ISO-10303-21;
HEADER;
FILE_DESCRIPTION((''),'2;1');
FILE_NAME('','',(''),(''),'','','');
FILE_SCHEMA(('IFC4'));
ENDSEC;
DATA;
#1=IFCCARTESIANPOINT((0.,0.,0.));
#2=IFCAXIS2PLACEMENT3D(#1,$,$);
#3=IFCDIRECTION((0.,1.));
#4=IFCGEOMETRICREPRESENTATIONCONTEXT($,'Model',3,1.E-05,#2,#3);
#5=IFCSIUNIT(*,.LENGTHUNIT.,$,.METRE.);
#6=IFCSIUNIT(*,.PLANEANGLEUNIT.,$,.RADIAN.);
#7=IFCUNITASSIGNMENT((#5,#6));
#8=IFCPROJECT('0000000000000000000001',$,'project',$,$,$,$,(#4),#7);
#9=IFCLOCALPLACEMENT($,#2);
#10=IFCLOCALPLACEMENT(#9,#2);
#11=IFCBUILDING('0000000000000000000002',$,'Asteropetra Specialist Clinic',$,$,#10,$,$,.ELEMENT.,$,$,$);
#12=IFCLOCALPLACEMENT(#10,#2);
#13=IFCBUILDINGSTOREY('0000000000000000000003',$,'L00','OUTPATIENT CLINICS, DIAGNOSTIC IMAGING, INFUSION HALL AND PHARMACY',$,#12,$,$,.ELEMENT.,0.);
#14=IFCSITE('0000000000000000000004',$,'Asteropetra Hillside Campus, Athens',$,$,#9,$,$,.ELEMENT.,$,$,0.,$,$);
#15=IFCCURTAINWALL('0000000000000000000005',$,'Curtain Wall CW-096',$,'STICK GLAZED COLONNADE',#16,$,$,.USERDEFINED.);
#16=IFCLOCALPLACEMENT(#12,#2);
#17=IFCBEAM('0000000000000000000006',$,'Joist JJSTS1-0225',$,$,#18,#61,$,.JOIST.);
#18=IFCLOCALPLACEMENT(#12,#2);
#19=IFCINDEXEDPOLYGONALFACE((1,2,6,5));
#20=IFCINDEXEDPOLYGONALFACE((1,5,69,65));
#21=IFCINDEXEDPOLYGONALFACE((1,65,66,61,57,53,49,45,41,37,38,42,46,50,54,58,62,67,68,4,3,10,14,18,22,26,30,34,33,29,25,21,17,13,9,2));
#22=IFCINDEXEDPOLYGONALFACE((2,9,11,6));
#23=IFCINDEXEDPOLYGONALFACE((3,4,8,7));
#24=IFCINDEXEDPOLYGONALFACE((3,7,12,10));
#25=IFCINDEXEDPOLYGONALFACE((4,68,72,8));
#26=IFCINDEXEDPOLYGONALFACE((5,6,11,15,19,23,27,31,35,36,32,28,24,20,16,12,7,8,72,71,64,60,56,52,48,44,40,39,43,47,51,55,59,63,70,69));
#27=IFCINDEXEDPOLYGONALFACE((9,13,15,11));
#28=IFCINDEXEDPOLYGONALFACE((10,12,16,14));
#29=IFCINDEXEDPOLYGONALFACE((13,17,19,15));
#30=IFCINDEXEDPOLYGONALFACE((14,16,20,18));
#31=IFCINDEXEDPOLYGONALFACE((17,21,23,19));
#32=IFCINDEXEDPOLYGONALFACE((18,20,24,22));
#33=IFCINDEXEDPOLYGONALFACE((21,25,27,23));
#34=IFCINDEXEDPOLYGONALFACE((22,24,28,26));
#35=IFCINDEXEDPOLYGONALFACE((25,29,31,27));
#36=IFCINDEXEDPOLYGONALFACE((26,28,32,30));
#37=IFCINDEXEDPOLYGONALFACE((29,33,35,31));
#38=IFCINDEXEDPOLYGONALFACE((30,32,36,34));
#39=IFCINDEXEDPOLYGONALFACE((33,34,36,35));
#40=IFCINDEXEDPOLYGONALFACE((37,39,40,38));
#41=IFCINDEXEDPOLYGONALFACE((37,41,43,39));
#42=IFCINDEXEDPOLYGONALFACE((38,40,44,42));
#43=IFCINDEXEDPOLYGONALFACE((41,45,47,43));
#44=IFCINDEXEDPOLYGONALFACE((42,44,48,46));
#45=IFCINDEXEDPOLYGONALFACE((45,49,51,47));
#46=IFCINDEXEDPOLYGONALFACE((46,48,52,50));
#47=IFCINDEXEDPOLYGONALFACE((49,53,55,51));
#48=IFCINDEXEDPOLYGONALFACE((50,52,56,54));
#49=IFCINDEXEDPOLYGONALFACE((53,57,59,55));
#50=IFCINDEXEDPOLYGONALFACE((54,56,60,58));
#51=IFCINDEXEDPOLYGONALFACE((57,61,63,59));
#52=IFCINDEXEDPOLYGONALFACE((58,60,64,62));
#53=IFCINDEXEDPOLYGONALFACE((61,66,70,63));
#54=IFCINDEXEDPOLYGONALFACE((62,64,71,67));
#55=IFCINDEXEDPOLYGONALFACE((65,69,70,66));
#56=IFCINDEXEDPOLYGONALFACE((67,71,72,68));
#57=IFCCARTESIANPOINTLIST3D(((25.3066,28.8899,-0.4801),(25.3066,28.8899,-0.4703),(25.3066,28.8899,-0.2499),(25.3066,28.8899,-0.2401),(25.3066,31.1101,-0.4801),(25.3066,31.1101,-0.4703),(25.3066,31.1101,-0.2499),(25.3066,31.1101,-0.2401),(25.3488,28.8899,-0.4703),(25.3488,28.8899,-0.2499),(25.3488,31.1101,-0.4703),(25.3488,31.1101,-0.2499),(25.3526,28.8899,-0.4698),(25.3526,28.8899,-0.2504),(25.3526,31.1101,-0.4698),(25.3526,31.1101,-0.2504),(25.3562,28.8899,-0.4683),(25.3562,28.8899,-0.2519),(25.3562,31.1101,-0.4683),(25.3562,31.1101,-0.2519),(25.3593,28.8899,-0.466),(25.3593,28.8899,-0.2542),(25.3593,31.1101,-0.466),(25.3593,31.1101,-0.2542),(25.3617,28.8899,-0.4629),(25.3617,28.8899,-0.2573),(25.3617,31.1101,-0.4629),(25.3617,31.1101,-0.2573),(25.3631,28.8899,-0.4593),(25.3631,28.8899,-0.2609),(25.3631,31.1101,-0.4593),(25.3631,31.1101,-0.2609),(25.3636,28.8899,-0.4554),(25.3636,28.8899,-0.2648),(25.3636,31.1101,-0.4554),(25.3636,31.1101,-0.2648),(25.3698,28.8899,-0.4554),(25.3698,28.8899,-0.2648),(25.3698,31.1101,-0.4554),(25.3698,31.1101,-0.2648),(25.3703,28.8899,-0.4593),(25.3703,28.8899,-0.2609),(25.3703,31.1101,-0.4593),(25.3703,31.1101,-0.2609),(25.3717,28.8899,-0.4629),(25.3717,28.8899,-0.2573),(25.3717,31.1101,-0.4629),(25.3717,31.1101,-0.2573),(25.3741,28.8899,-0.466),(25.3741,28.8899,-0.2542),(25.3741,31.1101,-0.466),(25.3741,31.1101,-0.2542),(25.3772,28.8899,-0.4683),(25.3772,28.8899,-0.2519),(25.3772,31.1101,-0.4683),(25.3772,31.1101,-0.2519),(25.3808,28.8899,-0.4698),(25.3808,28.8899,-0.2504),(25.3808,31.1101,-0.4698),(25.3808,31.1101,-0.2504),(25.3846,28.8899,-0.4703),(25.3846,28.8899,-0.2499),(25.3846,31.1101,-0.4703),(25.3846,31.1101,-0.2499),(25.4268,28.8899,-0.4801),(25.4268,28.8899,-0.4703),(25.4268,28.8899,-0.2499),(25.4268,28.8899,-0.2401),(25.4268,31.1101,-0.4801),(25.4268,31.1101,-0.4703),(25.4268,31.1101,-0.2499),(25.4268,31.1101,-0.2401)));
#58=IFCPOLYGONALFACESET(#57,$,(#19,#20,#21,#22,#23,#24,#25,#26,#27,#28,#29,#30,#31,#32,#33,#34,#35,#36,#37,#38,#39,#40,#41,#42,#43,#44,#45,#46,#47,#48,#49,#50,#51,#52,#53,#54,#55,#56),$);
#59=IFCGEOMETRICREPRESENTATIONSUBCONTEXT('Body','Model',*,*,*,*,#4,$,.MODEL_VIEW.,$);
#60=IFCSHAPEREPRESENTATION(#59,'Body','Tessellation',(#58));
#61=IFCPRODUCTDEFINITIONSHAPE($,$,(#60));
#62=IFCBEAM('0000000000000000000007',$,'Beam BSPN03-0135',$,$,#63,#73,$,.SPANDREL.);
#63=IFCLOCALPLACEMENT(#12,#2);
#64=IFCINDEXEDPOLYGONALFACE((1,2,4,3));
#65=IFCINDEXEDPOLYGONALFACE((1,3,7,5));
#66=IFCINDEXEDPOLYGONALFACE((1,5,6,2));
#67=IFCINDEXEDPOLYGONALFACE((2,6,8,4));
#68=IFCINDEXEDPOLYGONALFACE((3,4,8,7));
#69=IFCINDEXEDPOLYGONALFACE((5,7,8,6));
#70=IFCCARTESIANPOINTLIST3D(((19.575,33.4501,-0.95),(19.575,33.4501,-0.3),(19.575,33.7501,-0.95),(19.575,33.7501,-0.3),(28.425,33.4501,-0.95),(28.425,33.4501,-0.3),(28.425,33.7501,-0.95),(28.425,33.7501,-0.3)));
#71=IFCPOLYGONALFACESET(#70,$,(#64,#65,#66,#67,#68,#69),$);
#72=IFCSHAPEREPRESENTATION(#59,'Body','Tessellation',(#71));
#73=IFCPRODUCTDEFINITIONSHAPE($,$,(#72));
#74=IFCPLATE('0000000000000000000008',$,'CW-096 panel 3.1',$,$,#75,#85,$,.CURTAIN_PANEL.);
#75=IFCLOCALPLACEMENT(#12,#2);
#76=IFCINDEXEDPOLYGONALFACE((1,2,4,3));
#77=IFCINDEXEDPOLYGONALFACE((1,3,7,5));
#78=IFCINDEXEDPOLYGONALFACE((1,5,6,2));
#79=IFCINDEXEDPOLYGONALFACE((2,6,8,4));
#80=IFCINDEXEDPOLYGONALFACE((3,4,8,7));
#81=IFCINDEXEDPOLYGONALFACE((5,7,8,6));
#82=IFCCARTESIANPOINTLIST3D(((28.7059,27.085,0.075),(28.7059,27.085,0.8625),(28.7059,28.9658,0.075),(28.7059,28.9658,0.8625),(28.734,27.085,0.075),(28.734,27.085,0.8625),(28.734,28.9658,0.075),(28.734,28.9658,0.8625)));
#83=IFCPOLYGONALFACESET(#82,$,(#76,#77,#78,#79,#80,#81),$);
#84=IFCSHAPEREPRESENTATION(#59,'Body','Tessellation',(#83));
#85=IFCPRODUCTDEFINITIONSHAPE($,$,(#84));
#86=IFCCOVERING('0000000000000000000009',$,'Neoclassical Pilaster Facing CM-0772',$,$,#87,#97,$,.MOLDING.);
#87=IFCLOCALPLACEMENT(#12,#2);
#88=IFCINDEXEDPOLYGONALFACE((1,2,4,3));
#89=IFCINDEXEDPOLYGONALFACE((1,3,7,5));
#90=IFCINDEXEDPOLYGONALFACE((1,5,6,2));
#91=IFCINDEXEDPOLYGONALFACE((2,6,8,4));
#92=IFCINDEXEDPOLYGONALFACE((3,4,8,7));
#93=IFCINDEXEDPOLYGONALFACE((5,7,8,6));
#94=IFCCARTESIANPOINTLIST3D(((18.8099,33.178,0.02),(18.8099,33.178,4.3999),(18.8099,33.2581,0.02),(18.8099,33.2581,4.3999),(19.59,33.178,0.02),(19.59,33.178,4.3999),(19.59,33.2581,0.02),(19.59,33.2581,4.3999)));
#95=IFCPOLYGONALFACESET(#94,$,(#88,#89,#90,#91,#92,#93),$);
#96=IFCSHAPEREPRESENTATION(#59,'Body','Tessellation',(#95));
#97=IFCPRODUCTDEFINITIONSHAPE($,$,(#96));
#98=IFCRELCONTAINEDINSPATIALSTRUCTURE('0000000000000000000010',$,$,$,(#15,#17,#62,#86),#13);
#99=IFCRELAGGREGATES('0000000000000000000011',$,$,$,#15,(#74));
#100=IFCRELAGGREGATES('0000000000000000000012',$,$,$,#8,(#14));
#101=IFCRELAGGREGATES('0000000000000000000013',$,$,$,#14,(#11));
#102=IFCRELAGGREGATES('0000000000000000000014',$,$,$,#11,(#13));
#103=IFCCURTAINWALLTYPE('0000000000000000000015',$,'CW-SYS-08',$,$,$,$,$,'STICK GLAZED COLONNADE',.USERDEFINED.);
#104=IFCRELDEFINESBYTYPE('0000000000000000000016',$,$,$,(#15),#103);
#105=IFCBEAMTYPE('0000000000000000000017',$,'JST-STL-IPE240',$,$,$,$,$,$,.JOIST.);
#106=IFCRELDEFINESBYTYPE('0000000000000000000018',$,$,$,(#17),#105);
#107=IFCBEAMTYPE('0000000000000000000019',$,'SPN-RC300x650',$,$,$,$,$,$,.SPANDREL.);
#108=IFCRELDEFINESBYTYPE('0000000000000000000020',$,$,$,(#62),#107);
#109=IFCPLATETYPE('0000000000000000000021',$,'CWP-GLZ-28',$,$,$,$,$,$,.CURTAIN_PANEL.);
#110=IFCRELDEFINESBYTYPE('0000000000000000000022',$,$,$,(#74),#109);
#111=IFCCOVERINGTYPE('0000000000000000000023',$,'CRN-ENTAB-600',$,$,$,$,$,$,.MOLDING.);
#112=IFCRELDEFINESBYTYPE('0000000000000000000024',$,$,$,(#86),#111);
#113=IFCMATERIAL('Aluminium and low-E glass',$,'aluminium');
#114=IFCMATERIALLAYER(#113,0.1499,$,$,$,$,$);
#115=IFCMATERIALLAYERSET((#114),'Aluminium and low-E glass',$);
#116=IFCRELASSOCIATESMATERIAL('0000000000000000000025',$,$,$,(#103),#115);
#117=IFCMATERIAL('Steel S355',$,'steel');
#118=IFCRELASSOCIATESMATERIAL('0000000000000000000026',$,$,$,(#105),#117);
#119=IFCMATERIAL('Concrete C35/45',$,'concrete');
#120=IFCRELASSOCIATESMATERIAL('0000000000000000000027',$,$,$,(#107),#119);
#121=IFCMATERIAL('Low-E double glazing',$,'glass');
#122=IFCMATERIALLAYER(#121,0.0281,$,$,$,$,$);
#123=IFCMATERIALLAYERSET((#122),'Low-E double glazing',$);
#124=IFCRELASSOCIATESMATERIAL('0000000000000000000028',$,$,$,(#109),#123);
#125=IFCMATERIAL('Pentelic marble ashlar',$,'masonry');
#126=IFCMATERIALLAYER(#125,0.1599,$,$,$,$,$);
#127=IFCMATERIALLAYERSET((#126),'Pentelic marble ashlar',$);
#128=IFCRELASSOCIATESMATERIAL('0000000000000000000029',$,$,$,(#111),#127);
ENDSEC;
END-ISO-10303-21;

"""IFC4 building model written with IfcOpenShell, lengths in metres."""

from ifc_helpers import new_model, si_unit, direction, frame, origin, origin_2d, place, context, subcontext, project, spatial, rectangle, i_section, extrude, material, layer, layer_set, material_profile, profile_set, type_object, element, aggregate, save


model = new_model("IFC4")

# Units and contexts
model_context = context("Model", 3, precision=1e-05, world=origin(), true_north=direction((0.0, 1.0)))
body_context = subcontext(model_context, "Body", "Model", "MODEL_VIEW")
ifc_project = project(units=[si_unit("LENGTHUNIT", "METRE"), si_unit("PLANEANGLEUNIT", "RADIAN")], contexts=[model_context])

# Site, building, storey
site_placement = place(None, origin())
site = spatial("IfcSite", under=ifc_project, at=site_placement, Name="Asteropetra Hillside Campus, Athens", CompositionType="ELEMENT", RefElevation=0.0)
building_placement = place(site_placement, origin())
building = spatial("IfcBuilding", under=site, at=building_placement, Name="Asteropetra Specialist Clinic", CompositionType="ELEMENT")
storey_placement = place(building_placement, origin())
storey = spatial("IfcBuildingStorey", under=building, at=storey_placement, Name="L00", Description="OUTPATIENT CLINICS, DIAGNOSTIC IMAGING, INFUSION HALL AND PHARMACY", CompositionType="ELEMENT", Elevation=0.0)

# Curtain wall
ifc_material_1 = material(Name="Aluminium and low-E glass", Category="aluminium")
ifc_layer_1 = layer(ifc_material_1, 0.1499)
ifc_layer_set_1 = layer_set([ifc_layer_1], Name="Aluminium and low-E glass")
curtain_wall_type = type_object("IfcCurtainWallType", Name="CW-SYS-08", ElementType="STICK GLAZED COLONNADE", PredefinedType="USERDEFINED", material=ifc_layer_set_1)
curtain_wall_placement = place(storey_placement, origin())
curtain_wall = element("IfcCurtainWall", 1, at=curtain_wall_placement, inside=storey, type_object=curtain_wall_type, Name="Curtain Wall CW-096", ObjectType="STICK GLAZED COLONNADE", PredefinedType="USERDEFINED")

# Beams
ifc_material_2 = material(Name="Steel S355", Category="steel")
ifc_material_profile_1 = material_profile(ifc_material_2, i_section(OverallWidth=0.1201, OverallDepth=0.24, WebThickness=0.0061, FlangeThickness=0.0098, FilletRadius=0.0149, at=origin_2d()), Name="IPE 240")
ifc_profile_set_1 = profile_set([ifc_material_profile_1], Name="Steel S355")
beam_type_1 = type_object("IfcBeamType", Name="JST-STL-IPE240", PredefinedType="JOIST", material=ifc_profile_set_1)
for number, where, z_axis, x_axis, name in (
    (2, (25.3667, 28.8899, -0.3601), (0.0, 1.0, 0.0), (-1.0, 0.0, 0.0), "Joist JJSTS1-0225"),
):
    element("IfcBeam", number, at=place(storey_placement, frame(where, z_axis=z_axis, x_axis=x_axis)), inside=storey, type_object=beam_type_1, Name=name, PredefinedType="JOIST", context=body_context, shape_type="SweptSolid", body=[
        extrude(i_section(OverallWidth=0.1201, OverallDepth=0.24, WebThickness=0.0061, FlangeThickness=0.0098, FilletRadius=0.0149, at=origin_2d()), origin(), (0.0, 0.0, 1.0), 2.2202),
    ])
ifc_material_3 = material(Name="Concrete C35/45", Category="concrete")
ifc_material_profile_2 = material_profile(ifc_material_3, rectangle(XDim=0.3, YDim=0.6499, at=origin_2d()), Name="RCS 300x650")
ifc_profile_set_2 = profile_set([ifc_material_profile_2], Name="Concrete C35/45")
beam_type_2 = type_object("IfcBeamType", Name="SPN-RC300x650", PredefinedType="SPANDREL", material=ifc_profile_set_2)
beam_1_placement = place(storey_placement, frame((19.575, 33.6001, -0.625), z_axis=(1.0, 0.0, 0.0), x_axis=(0.0, 1.0, 0.0)))
element("IfcBeam", 3, at=beam_1_placement, inside=storey, type_object=beam_type_2, Name="Beam BSPN03-0135", PredefinedType="SPANDREL", context=body_context, shape_type="SweptSolid", body=[
    extrude(rectangle(XDim=0.3, YDim=0.6499, at=origin_2d()), origin(), (0.0, 0.0, 1.0), 8.8501),
])

# Plate
ifc_material_4 = material(Name="Low-E double glazing", Category="glass")
ifc_layer_2 = layer(ifc_material_4, 0.0281)
ifc_layer_set_2 = layer_set([ifc_layer_2], Name="Low-E double glazing")
plate_type = type_object("IfcPlateType", Name="CWP-GLZ-28", PredefinedType="CURTAIN_PANEL", material=ifc_layer_set_2)
plate_placement = place(storey_placement, frame((28.72, 28.0254, 0.075), z_axis=(0.0, 0.0, 1.0), x_axis=(0.0, -1.0, 0.0)))
plate = element("IfcPlate", 4, at=plate_placement, type_object=plate_type, Name="CW-096 panel 3.1", PredefinedType="CURTAIN_PANEL", context=body_context, shape_type="SweptSolid", body=[
    extrude(rectangle(XDim=1.8809, YDim=0.0281, at=origin_2d()), origin(), (0.0, 0.0, 1.0), 0.7876),
])
aggregate(curtain_wall, [plate])

# Covering
ifc_material_5 = material(Name="Pentelic marble ashlar", Category="masonry")
ifc_layer_3 = layer(ifc_material_5, 0.1599)
ifc_layer_set_3 = layer_set([ifc_layer_3], Name="Pentelic marble ashlar")
covering_type = type_object("IfcCoveringType", Name="CRN-ENTAB-600", PredefinedType="MOLDING", material=ifc_layer_set_3)
covering_placement = place(storey_placement, frame((19.2, 33.218, 0.02), z_axis=(0.0, 0.0, 1.0), x_axis=(1.0, 0.0, 0.0)))
element("IfcCovering", 5, at=covering_placement, inside=storey, type_object=covering_type, Name="Neoclassical Pilaster Facing CM-0772", PredefinedType="MOLDING", context=body_context, shape_type="SweptSolid", body=[
    extrude(rectangle(XDim=0.78, YDim=0.0801, at=origin_2d()), origin(), (0.0, 0.0, 1.0), 4.3799),
])

save(model, "model.ifc")
